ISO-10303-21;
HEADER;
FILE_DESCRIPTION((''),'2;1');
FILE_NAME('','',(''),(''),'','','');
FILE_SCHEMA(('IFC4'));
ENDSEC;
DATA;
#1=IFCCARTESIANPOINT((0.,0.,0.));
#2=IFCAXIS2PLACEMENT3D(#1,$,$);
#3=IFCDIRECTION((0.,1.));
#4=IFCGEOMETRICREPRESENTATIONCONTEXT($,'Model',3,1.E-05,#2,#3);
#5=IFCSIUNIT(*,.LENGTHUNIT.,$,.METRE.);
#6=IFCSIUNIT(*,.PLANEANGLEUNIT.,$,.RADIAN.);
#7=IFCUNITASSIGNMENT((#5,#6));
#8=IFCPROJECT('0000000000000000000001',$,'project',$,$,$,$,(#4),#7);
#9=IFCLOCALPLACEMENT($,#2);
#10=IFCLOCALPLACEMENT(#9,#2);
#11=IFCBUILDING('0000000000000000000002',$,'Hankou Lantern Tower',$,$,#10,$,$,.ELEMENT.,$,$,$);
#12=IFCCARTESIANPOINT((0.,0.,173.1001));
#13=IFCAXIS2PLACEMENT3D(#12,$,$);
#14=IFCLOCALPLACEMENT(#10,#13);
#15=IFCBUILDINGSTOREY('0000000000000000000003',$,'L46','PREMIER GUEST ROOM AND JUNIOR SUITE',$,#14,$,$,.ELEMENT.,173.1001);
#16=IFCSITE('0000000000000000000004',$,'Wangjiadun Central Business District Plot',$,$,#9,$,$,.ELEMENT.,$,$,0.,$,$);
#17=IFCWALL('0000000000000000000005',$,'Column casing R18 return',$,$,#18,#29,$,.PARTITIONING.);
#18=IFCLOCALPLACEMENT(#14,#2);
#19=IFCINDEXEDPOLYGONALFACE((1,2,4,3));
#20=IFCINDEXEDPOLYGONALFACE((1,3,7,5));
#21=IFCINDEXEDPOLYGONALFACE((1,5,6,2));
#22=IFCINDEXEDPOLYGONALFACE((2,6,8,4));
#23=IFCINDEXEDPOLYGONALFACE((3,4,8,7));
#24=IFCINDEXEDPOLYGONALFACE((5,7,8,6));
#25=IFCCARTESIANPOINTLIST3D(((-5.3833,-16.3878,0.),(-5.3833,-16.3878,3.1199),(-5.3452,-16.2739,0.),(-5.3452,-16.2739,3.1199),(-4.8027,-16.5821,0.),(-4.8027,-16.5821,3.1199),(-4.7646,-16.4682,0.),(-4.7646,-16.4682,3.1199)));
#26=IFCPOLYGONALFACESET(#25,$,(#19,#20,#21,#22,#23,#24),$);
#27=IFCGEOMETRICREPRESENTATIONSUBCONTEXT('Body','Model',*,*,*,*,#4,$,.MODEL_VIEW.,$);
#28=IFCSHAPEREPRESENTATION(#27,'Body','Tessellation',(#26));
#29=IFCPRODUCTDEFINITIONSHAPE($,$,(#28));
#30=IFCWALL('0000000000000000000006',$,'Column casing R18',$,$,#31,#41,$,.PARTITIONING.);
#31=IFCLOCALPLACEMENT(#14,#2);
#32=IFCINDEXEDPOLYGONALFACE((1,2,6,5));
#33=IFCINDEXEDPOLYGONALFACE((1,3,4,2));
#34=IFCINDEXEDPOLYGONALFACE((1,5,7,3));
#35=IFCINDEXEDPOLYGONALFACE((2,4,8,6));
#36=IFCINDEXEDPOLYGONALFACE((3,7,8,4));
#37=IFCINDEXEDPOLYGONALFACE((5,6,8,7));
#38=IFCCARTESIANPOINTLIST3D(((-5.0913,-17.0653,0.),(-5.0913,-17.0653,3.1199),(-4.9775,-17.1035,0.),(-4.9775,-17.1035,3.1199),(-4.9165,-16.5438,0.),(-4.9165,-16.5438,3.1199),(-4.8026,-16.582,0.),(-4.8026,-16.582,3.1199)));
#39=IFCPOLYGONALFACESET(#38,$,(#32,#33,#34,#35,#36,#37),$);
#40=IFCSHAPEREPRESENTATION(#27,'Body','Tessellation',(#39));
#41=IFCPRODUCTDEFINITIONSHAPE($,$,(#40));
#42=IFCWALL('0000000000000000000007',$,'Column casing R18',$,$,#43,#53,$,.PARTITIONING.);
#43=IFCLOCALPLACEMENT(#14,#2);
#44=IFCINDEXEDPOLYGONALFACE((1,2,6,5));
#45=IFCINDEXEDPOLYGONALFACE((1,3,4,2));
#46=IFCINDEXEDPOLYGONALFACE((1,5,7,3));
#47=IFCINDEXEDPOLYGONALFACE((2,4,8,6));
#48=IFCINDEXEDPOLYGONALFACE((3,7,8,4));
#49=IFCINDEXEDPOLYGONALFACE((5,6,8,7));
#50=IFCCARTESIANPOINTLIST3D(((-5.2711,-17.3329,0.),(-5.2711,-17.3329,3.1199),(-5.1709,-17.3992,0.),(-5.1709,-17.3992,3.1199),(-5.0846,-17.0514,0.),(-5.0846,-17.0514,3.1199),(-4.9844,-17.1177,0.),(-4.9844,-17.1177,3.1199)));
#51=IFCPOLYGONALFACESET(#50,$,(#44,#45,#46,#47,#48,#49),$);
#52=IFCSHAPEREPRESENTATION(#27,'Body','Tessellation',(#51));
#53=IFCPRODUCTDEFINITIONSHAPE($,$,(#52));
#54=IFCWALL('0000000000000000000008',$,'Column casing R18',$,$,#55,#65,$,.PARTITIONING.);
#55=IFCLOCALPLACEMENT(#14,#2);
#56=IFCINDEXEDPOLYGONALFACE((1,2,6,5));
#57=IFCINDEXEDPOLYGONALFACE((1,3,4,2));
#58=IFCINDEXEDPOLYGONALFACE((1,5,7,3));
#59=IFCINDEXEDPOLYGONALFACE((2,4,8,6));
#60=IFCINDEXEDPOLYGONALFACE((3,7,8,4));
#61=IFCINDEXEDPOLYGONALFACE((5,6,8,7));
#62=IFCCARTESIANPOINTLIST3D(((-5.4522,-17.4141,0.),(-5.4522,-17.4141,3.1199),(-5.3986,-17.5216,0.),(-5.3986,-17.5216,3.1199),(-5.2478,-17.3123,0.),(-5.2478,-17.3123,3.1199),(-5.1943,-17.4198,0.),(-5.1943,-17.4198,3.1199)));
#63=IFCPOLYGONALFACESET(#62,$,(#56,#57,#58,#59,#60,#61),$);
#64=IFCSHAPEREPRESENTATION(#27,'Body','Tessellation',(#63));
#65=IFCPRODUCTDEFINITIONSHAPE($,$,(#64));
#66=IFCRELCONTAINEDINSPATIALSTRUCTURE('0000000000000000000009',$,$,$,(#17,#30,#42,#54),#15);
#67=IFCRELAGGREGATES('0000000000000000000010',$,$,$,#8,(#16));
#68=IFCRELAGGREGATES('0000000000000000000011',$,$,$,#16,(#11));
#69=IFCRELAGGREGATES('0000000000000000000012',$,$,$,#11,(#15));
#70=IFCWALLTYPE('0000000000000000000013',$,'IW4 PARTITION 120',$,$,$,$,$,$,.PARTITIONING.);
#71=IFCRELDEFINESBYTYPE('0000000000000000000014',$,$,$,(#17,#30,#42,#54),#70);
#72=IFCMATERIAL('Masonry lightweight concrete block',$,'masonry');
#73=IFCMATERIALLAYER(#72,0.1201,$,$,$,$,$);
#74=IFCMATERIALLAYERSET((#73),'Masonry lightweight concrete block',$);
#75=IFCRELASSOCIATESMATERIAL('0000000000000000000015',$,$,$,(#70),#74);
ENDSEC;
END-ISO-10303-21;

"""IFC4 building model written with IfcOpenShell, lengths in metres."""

from ifc_helpers import new_model, si_unit, direction, frame, frame_2d, origin, place, context, subcontext, project, spatial, rectangle, extrude, material, layer, layer_set, type_object, element, save


model = new_model("IFC4")

# Units and contexts
model_context = context("Model", 3, precision=1e-05, world=origin(), true_north=direction((0.0, 1.0)))
body_context = subcontext(model_context, "Body", "Model", "MODEL_VIEW")
ifc_project = project(units=[si_unit("LENGTHUNIT", "METRE"), si_unit("PLANEANGLEUNIT", "RADIAN")], contexts=[model_context])

# Site, building, storey
site_placement = place(None, origin())
site = spatial("IfcSite", under=ifc_project, at=site_placement, Name="Wangjiadun Central Business District Plot", CompositionType="ELEMENT", RefElevation=0.0)
building_placement = place(site_placement, origin())
building = spatial("IfcBuilding", under=site, at=building_placement, Name="Hankou Lantern Tower", CompositionType="ELEMENT")
storey_placement = place(building_placement, frame((0.0, 0.0, 173.1001)))
storey = spatial("IfcBuildingStorey", under=building, at=storey_placement, Name="L46", Description="PREMIER GUEST ROOM AND JUNIOR SUITE", CompositionType="ELEMENT", Elevation=173.1001)

# Walls
ifc_material_1 = material(Name="Masonry lightweight concrete block", Category="masonry")
ifc_layer_1 = layer(ifc_material_1, 0.1201)
ifc_layer_set_1 = layer_set([ifc_layer_1], Name="Masonry lightweight concrete block")
wall_type_1 = type_object("IfcWallType", Name="IW4 PARTITION 120", PredefinedType="PARTITIONING", material=ifc_layer_set_1)
wall_1_placement = place(storey_placement, frame((-5.3643, -16.3308, 0.0), z_axis=(0.0, 0.0, 1.0), x_axis=(0.948284, -0.317424, 0.0)))
element("IfcWall", 1, at=wall_1_placement, inside=storey, type_object=wall_type_1, Name="Column casing R18 return", PredefinedType="PARTITIONING", context=body_context, shape_type="SweptSolid", body=[
    extrude(rectangle(XDim=0.6123, YDim=0.1201, at=frame_2d((0.3062, 0.0))), origin(), (0.0, 0.0, 1.0), 3.1199),
])
wall_2_placement = place(storey_placement, frame((-4.8596, -16.563, 0.0), z_axis=(0.0, 0.0, 1.0), x_axis=(-0.317825, -0.948149, 0.0)))
element("IfcWall", 2, at=wall_2_placement, inside=storey, type_object=wall_type_1, Name="Column casing R18", PredefinedType="PARTITIONING", context=body_context, shape_type="SweptSolid", body=[
    extrude(rectangle(XDim=0.55, YDim=0.1201, at=frame_2d((0.2749, 0.0))), origin(), (0.0, 0.0, 1.0), 3.1199),
])
wall_3_placement = place(storey_placement, frame((-5.0344, -17.0845, 0.0), z_axis=(0.0, 0.0, 1.0), x_axis=(-0.552362, -0.833604, 0.0)))
element("IfcWall", 3, at=wall_3_placement, inside=storey, type_object=wall_type_1, Name="Column casing R18", PredefinedType="PARTITIONING", context=body_context, shape_type="SweptSolid", body=[
    extrude(rectangle(XDim=0.3376, YDim=0.1201, at=frame_2d((0.1689, 0.0))), origin(), (0.0, 0.0, 1.0), 3.1199),
])
wall_4_placement = place(storey_placement, frame((-5.2209, -17.366, 0.0), z_axis=(0.0, 0.0, 1.0), x_axis=(-0.895068, -0.44593, 0.0)))
element("IfcWall", 4, at=wall_4_placement, inside=storey, type_object=wall_type_1, Name="Column casing R18", PredefinedType="PARTITIONING", context=body_context, shape_type="SweptSolid", body=[
    extrude(rectangle(XDim=0.2283, YDim=0.1201, at=frame_2d((0.1143, 0.0))), origin(), (0.0, 0.0, 1.0), 3.1199),
])

save(model, "model.ifc")
